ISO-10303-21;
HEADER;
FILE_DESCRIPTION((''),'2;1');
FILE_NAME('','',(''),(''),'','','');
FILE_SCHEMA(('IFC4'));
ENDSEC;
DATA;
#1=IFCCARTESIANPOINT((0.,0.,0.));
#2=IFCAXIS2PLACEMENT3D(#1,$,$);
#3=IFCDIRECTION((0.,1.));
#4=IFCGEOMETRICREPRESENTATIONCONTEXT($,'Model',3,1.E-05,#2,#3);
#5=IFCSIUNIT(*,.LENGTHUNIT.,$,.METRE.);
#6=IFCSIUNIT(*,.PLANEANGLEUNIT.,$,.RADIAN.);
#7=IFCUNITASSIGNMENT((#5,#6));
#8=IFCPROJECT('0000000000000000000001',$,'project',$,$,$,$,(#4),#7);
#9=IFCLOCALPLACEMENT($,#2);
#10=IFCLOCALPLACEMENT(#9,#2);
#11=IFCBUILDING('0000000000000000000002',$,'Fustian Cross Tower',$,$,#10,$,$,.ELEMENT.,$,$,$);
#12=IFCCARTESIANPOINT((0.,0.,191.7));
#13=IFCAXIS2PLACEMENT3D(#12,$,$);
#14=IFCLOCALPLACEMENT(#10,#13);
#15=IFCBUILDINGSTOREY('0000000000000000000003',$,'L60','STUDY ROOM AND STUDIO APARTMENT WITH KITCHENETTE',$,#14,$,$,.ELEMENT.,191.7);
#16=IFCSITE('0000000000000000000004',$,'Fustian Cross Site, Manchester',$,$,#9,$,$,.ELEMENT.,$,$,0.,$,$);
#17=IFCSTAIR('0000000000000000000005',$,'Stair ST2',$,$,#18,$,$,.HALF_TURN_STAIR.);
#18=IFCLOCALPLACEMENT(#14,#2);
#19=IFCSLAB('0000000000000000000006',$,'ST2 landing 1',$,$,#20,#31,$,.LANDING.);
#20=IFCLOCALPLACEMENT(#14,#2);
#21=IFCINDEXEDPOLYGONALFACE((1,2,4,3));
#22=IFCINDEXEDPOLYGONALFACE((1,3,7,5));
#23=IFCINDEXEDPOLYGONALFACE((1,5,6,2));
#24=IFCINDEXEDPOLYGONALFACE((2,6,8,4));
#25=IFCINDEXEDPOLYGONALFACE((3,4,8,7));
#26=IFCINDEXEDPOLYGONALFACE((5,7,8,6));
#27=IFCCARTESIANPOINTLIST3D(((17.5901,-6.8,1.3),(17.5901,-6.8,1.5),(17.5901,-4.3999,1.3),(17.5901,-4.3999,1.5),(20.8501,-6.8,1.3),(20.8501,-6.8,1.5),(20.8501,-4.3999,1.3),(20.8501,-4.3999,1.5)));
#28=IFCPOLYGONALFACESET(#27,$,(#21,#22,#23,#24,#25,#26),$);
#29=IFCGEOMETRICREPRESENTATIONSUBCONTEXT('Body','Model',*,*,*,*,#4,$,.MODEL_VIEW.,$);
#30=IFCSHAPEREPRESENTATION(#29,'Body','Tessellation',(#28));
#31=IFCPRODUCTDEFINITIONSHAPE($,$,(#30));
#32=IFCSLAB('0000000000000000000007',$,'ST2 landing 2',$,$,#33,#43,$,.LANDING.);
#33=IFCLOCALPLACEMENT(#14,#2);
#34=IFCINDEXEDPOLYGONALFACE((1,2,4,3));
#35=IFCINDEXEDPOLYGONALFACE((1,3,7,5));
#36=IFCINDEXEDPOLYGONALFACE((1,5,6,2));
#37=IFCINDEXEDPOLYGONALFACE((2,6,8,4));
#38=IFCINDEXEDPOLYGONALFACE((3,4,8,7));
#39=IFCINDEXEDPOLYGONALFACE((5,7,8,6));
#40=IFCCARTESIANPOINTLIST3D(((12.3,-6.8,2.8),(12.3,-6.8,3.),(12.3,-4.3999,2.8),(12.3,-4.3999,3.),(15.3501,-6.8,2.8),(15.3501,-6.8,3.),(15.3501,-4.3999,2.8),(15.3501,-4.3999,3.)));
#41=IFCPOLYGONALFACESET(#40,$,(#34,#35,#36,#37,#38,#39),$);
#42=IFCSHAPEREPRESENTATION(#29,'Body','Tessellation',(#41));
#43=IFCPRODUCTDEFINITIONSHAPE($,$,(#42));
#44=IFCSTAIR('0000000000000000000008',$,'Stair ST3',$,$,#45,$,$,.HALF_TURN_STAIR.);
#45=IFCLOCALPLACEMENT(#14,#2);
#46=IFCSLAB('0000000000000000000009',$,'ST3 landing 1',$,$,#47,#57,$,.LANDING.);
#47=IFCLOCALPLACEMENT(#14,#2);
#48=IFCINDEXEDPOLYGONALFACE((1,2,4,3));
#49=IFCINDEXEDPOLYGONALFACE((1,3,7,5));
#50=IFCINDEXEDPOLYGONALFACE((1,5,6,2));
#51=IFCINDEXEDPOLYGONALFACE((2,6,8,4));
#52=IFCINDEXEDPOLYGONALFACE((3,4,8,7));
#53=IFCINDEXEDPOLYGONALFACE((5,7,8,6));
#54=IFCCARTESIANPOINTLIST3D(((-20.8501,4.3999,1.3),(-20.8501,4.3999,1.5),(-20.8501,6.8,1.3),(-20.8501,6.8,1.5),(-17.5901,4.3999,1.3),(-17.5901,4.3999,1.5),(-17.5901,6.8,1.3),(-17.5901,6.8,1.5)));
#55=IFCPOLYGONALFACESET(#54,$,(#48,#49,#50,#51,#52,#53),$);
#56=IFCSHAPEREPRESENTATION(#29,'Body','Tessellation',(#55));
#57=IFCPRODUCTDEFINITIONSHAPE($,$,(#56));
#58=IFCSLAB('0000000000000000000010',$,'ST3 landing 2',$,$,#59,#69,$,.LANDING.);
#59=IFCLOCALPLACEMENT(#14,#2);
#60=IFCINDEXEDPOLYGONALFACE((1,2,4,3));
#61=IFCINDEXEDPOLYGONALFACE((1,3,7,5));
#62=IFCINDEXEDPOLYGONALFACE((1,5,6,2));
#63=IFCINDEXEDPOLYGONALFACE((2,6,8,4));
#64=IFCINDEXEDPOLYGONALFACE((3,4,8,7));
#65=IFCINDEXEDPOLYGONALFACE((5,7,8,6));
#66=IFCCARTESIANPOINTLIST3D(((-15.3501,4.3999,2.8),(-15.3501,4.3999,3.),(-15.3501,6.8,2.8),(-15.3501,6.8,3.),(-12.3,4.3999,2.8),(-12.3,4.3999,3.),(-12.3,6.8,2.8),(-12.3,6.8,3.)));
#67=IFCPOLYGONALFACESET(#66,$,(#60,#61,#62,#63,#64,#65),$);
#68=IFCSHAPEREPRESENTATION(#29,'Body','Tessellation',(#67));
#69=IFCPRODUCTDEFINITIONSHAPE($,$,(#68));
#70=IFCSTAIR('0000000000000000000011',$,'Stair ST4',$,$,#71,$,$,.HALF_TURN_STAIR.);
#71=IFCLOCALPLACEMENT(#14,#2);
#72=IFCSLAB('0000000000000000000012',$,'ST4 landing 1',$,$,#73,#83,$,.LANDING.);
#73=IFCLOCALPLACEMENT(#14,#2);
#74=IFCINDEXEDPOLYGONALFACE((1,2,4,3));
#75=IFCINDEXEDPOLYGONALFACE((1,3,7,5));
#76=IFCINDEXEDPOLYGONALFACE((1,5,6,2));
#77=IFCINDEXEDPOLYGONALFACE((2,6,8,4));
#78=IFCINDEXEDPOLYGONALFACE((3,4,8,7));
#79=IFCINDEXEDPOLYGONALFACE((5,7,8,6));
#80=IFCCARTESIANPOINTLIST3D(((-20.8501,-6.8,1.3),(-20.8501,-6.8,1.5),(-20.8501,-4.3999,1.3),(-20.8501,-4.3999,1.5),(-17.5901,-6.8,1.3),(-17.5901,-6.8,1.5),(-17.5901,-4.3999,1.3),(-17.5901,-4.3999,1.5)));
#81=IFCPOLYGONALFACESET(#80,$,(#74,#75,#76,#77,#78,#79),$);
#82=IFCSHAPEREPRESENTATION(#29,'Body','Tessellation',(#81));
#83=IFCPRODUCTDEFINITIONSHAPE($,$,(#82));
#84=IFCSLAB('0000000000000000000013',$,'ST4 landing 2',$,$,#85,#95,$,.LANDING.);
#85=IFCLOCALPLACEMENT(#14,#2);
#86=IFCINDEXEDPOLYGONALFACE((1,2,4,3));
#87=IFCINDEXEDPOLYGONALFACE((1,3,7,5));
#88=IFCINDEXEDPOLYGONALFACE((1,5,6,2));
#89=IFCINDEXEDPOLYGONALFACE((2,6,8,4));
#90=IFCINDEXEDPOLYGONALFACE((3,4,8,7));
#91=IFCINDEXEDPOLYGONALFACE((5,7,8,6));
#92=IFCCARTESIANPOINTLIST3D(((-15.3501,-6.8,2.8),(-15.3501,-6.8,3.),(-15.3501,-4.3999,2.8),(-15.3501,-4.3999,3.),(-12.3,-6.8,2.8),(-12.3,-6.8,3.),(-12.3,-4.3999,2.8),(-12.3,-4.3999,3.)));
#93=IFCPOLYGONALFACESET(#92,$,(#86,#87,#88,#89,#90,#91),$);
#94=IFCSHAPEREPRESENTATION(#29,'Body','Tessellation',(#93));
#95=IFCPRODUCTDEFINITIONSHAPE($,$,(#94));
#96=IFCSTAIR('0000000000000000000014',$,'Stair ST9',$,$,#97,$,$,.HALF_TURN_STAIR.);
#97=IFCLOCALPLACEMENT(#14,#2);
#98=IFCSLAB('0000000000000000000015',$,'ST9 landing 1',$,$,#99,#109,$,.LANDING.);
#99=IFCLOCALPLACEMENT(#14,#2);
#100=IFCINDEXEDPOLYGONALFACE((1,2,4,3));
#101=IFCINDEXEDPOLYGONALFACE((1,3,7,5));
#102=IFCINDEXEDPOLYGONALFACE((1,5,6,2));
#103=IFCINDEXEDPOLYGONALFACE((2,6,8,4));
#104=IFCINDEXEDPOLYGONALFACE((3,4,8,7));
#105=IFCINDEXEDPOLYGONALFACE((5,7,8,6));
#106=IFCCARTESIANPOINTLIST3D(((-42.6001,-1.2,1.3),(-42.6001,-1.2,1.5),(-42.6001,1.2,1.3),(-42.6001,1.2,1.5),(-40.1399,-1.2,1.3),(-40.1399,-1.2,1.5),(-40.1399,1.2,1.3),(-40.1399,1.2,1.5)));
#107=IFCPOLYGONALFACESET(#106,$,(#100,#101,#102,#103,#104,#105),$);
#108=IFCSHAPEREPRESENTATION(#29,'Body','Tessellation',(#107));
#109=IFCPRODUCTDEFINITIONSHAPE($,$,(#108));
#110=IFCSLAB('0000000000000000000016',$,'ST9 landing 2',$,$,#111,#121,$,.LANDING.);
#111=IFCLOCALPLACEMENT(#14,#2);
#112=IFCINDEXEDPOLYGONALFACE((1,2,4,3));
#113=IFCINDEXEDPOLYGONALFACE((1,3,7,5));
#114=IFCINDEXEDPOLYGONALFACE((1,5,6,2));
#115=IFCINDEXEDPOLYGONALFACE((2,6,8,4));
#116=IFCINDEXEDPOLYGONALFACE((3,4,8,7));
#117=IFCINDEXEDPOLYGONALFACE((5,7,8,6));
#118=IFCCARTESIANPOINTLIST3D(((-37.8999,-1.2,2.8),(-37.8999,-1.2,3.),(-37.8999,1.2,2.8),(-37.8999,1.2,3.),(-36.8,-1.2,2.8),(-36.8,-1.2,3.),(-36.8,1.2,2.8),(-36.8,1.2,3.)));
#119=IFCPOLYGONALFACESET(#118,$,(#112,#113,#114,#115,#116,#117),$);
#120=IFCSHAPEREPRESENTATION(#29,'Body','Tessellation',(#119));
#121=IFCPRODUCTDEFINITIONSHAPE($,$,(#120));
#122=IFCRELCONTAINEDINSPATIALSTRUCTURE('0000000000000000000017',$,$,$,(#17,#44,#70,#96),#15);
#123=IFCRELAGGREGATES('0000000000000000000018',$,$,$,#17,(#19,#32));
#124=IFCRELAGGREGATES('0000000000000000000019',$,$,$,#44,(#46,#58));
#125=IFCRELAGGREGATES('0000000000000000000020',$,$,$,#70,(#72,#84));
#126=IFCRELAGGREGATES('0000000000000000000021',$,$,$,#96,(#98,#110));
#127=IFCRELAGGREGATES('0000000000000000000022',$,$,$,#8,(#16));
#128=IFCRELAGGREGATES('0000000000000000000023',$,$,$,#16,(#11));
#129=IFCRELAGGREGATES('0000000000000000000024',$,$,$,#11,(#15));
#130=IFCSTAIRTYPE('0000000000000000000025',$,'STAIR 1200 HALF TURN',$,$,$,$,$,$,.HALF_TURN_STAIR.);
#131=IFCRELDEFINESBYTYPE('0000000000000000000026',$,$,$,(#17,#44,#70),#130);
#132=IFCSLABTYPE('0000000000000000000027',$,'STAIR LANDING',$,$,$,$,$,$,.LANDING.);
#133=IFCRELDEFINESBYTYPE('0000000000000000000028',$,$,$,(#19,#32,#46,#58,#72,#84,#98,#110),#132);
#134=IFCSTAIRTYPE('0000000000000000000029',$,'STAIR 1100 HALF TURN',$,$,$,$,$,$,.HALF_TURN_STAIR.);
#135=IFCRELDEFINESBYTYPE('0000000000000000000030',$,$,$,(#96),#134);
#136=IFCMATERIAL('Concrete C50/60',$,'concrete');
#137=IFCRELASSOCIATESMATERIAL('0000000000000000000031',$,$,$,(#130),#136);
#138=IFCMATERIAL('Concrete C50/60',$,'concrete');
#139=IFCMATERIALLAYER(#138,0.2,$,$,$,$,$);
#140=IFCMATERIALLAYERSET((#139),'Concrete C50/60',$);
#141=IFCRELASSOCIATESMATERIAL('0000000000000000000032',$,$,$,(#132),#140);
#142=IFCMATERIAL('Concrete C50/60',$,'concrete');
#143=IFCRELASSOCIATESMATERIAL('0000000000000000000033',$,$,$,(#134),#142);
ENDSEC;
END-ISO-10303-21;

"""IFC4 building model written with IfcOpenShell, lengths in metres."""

from ifc_helpers import new_model, si_unit, direction, frame, origin, place, context, subcontext, project, spatial, polyline, outline, extrude, material, layer, layer_set, type_object, element, aggregate, save


model = new_model("IFC4")

# Units and contexts
model_context = context("Model", 3, precision=1e-05, world=origin(), true_north=direction((0.0, 1.0)))
body_context = subcontext(model_context, "Body", "Model", "MODEL_VIEW")
ifc_project = project(units=[si_unit("LENGTHUNIT", "METRE"), si_unit("PLANEANGLEUNIT", "RADIAN")], contexts=[model_context])

# Site, building, storey
site_placement = place(None, origin())
site = spatial("IfcSite", under=ifc_project, at=site_placement, Name="Fustian Cross Site, Manchester", CompositionType="ELEMENT", RefElevation=0.0)
building_placement = place(site_placement, origin())
building = spatial("IfcBuilding", under=site, at=building_placement, Name="Fustian Cross Tower", CompositionType="ELEMENT")
storey_placement = place(building_placement, frame((0.0, 0.0, 191.7)))
storey = spatial("IfcBuildingStorey", under=building, at=storey_placement, Name="L60", Description="STUDY ROOM AND STUDIO APARTMENT WITH KITCHENETTE", CompositionType="ELEMENT", Elevation=191.7)

# Stairs, slabs
ifc_material_1 = material(Name="Concrete C50/60", Category="concrete")
stair_type_1 = type_object("IfcStairType", Name="STAIR 1200 HALF TURN", PredefinedType="HALF_TURN_STAIR", material=ifc_material_1)
stair_1_placement = place(storey_placement, origin())
stair_1 = element("IfcStair", 1, at=stair_1_placement, inside=storey, type_object=stair_type_1, Name="Stair ST2", PredefinedType="HALF_TURN_STAIR")
ifc_material_2 = material(Name="Concrete C50/60", Category="concrete")
ifc_layer = layer(ifc_material_2, 0.2)
ifc_layer_set = layer_set([ifc_layer], Name="Concrete C50/60")
slab_type = type_object("IfcSlabType", Name="STAIR LANDING", PredefinedType="LANDING", material=ifc_layer_set)
slab_1_placement = place(storey_placement, frame((0.0, 0.0, 1.3)))
slab_1 = element("IfcSlab", 2, at=slab_1_placement, type_object=slab_type, Name="ST2 landing 1", PredefinedType="LANDING", context=body_context, shape_type="SweptSolid", body=[
    extrude(outline(polyline([(17.5901, -4.3999), (20.8501, -4.3999), (20.8501, -6.8), (17.5901, -6.8), (17.5901, -4.3999)])), origin(), (0.0, 0.0, 1.0), 0.2),
])
slab_2_placement = place(storey_placement, frame((0.0, 0.0, 2.8)))
slab_2 = element("IfcSlab", 3, at=slab_2_placement, type_object=slab_type, Name="ST2 landing 2", PredefinedType="LANDING", context=body_context, shape_type="SweptSolid", body=[
    extrude(outline(polyline([(12.3, -4.3999), (15.3501, -4.3999), (15.3501, -6.8), (12.3, -6.8), (12.3, -4.3999)])), origin(), (0.0, 0.0, 1.0), 0.2),
])
aggregate(stair_1, [slab_1, slab_2])
stair_2_placement = place(storey_placement, origin())
stair_2 = element("IfcStair", 4, at=stair_2_placement, inside=storey, type_object=stair_type_1, Name="Stair ST3", PredefinedType="HALF_TURN_STAIR")
slab_3_placement = place(storey_placement, frame((0.0, 0.0, 1.3)))
slab_3 = element("IfcSlab", 5, at=slab_3_placement, type_object=slab_type, Name="ST3 landing 1", PredefinedType="LANDING", context=body_context, shape_type="SweptSolid", body=[
    extrude(outline(polyline([(-17.5901, 4.3999), (-20.8501, 4.3999), (-20.8501, 6.8), (-17.5901, 6.8), (-17.5901, 4.3999)])), origin(), (0.0, 0.0, 1.0), 0.2),
])
slab_4_placement = place(storey_placement, frame((0.0, 0.0, 2.8)))
slab_4 = element("IfcSlab", 6, at=slab_4_placement, type_object=slab_type, Name="ST3 landing 2", PredefinedType="LANDING", context=body_context, shape_type="SweptSolid", body=[
    extrude(outline(polyline([(-12.3, 4.3999), (-15.3501, 4.3999), (-15.3501, 6.8), (-12.3, 6.8), (-12.3, 4.3999)])), origin(), (0.0, 0.0, 1.0), 0.2),
])
aggregate(stair_2, [slab_3, slab_4])
stair_3_placement = place(storey_placement, origin())
stair_3 = element("IfcStair", 7, at=stair_3_placement, inside=storey, type_object=stair_type_1, Name="Stair ST4", PredefinedType="HALF_TURN_STAIR")
slab_5_placement = place(storey_placement, frame((0.0, 0.0, 1.3)))
slab_5 = element("IfcSlab", 8, at=slab_5_placement, type_object=slab_type, Name="ST4 landing 1", PredefinedType="LANDING", context=body_context, shape_type="SweptSolid", body=[
    extrude(outline(polyline([(-17.5901, -4.3999), (-20.8501, -4.3999), (-20.8501, -6.8), (-17.5901, -6.8), (-17.5901, -4.3999)])), origin(), (0.0, 0.0, 1.0), 0.2),
])
slab_6_placement = place(storey_placement, frame((0.0, 0.0, 2.8)))
slab_6 = element("IfcSlab", 9, at=slab_6_placement, type_object=slab_type, Name="ST4 landing 2", PredefinedType="LANDING", context=body_context, shape_type="SweptSolid", body=[
    extrude(outline(polyline([(-12.3, -4.3999), (-15.3501, -4.3999), (-15.3501, -6.8), (-12.3, -6.8), (-12.3, -4.3999)])), origin(), (0.0, 0.0, 1.0), 0.2),
])
aggregate(stair_3, [slab_5, slab_6])
ifc_material_3 = material(Name="Concrete C50/60", Category="concrete")
stair_type_2 = type_object("IfcStairType", Name="STAIR 1100 HALF TURN", PredefinedType="HALF_TURN_STAIR", material=ifc_material_3)
stair_4_placement = place(storey_placement, origin())
stair_4 = element("IfcStair", 10, at=stair_4_placement, inside=storey, type_object=stair_type_2, Name="Stair ST9", PredefinedType="HALF_TURN_STAIR")
slab_7_placement = place(storey_placement, frame((0.0, 0.0, 1.3)))
slab_7 = element("IfcSlab", 11, at=slab_7_placement, type_object=slab_type, Name="ST9 landing 1", PredefinedType="LANDING", context=body_context, shape_type="SweptSolid", body=[
    extrude(outline(polyline([(-40.1399, -1.2), (-42.6001, -1.2), (-42.6001, 1.2), (-40.1399, 1.2), (-40.1399, -1.2)])), origin(), (0.0, 0.0, 1.0), 0.2),
])
slab_8_placement = place(storey_placement, frame((0.0, 0.0, 2.8)))
slab_8 = element("IfcSlab", 12, at=slab_8_placement, type_object=slab_type, Name="ST9 landing 2", PredefinedType="LANDING", context=body_context, shape_type="SweptSolid", body=[
    extrude(outline(polyline([(-36.8, -1.2), (-37.8999, -1.2), (-37.8999, 1.2), (-36.8, 1.2), (-36.8, -1.2)])), origin(), (0.0, 0.0, 1.0), 0.2),
])
aggregate(stair_4, [slab_7, slab_8])

save(model, "model.ifc")
